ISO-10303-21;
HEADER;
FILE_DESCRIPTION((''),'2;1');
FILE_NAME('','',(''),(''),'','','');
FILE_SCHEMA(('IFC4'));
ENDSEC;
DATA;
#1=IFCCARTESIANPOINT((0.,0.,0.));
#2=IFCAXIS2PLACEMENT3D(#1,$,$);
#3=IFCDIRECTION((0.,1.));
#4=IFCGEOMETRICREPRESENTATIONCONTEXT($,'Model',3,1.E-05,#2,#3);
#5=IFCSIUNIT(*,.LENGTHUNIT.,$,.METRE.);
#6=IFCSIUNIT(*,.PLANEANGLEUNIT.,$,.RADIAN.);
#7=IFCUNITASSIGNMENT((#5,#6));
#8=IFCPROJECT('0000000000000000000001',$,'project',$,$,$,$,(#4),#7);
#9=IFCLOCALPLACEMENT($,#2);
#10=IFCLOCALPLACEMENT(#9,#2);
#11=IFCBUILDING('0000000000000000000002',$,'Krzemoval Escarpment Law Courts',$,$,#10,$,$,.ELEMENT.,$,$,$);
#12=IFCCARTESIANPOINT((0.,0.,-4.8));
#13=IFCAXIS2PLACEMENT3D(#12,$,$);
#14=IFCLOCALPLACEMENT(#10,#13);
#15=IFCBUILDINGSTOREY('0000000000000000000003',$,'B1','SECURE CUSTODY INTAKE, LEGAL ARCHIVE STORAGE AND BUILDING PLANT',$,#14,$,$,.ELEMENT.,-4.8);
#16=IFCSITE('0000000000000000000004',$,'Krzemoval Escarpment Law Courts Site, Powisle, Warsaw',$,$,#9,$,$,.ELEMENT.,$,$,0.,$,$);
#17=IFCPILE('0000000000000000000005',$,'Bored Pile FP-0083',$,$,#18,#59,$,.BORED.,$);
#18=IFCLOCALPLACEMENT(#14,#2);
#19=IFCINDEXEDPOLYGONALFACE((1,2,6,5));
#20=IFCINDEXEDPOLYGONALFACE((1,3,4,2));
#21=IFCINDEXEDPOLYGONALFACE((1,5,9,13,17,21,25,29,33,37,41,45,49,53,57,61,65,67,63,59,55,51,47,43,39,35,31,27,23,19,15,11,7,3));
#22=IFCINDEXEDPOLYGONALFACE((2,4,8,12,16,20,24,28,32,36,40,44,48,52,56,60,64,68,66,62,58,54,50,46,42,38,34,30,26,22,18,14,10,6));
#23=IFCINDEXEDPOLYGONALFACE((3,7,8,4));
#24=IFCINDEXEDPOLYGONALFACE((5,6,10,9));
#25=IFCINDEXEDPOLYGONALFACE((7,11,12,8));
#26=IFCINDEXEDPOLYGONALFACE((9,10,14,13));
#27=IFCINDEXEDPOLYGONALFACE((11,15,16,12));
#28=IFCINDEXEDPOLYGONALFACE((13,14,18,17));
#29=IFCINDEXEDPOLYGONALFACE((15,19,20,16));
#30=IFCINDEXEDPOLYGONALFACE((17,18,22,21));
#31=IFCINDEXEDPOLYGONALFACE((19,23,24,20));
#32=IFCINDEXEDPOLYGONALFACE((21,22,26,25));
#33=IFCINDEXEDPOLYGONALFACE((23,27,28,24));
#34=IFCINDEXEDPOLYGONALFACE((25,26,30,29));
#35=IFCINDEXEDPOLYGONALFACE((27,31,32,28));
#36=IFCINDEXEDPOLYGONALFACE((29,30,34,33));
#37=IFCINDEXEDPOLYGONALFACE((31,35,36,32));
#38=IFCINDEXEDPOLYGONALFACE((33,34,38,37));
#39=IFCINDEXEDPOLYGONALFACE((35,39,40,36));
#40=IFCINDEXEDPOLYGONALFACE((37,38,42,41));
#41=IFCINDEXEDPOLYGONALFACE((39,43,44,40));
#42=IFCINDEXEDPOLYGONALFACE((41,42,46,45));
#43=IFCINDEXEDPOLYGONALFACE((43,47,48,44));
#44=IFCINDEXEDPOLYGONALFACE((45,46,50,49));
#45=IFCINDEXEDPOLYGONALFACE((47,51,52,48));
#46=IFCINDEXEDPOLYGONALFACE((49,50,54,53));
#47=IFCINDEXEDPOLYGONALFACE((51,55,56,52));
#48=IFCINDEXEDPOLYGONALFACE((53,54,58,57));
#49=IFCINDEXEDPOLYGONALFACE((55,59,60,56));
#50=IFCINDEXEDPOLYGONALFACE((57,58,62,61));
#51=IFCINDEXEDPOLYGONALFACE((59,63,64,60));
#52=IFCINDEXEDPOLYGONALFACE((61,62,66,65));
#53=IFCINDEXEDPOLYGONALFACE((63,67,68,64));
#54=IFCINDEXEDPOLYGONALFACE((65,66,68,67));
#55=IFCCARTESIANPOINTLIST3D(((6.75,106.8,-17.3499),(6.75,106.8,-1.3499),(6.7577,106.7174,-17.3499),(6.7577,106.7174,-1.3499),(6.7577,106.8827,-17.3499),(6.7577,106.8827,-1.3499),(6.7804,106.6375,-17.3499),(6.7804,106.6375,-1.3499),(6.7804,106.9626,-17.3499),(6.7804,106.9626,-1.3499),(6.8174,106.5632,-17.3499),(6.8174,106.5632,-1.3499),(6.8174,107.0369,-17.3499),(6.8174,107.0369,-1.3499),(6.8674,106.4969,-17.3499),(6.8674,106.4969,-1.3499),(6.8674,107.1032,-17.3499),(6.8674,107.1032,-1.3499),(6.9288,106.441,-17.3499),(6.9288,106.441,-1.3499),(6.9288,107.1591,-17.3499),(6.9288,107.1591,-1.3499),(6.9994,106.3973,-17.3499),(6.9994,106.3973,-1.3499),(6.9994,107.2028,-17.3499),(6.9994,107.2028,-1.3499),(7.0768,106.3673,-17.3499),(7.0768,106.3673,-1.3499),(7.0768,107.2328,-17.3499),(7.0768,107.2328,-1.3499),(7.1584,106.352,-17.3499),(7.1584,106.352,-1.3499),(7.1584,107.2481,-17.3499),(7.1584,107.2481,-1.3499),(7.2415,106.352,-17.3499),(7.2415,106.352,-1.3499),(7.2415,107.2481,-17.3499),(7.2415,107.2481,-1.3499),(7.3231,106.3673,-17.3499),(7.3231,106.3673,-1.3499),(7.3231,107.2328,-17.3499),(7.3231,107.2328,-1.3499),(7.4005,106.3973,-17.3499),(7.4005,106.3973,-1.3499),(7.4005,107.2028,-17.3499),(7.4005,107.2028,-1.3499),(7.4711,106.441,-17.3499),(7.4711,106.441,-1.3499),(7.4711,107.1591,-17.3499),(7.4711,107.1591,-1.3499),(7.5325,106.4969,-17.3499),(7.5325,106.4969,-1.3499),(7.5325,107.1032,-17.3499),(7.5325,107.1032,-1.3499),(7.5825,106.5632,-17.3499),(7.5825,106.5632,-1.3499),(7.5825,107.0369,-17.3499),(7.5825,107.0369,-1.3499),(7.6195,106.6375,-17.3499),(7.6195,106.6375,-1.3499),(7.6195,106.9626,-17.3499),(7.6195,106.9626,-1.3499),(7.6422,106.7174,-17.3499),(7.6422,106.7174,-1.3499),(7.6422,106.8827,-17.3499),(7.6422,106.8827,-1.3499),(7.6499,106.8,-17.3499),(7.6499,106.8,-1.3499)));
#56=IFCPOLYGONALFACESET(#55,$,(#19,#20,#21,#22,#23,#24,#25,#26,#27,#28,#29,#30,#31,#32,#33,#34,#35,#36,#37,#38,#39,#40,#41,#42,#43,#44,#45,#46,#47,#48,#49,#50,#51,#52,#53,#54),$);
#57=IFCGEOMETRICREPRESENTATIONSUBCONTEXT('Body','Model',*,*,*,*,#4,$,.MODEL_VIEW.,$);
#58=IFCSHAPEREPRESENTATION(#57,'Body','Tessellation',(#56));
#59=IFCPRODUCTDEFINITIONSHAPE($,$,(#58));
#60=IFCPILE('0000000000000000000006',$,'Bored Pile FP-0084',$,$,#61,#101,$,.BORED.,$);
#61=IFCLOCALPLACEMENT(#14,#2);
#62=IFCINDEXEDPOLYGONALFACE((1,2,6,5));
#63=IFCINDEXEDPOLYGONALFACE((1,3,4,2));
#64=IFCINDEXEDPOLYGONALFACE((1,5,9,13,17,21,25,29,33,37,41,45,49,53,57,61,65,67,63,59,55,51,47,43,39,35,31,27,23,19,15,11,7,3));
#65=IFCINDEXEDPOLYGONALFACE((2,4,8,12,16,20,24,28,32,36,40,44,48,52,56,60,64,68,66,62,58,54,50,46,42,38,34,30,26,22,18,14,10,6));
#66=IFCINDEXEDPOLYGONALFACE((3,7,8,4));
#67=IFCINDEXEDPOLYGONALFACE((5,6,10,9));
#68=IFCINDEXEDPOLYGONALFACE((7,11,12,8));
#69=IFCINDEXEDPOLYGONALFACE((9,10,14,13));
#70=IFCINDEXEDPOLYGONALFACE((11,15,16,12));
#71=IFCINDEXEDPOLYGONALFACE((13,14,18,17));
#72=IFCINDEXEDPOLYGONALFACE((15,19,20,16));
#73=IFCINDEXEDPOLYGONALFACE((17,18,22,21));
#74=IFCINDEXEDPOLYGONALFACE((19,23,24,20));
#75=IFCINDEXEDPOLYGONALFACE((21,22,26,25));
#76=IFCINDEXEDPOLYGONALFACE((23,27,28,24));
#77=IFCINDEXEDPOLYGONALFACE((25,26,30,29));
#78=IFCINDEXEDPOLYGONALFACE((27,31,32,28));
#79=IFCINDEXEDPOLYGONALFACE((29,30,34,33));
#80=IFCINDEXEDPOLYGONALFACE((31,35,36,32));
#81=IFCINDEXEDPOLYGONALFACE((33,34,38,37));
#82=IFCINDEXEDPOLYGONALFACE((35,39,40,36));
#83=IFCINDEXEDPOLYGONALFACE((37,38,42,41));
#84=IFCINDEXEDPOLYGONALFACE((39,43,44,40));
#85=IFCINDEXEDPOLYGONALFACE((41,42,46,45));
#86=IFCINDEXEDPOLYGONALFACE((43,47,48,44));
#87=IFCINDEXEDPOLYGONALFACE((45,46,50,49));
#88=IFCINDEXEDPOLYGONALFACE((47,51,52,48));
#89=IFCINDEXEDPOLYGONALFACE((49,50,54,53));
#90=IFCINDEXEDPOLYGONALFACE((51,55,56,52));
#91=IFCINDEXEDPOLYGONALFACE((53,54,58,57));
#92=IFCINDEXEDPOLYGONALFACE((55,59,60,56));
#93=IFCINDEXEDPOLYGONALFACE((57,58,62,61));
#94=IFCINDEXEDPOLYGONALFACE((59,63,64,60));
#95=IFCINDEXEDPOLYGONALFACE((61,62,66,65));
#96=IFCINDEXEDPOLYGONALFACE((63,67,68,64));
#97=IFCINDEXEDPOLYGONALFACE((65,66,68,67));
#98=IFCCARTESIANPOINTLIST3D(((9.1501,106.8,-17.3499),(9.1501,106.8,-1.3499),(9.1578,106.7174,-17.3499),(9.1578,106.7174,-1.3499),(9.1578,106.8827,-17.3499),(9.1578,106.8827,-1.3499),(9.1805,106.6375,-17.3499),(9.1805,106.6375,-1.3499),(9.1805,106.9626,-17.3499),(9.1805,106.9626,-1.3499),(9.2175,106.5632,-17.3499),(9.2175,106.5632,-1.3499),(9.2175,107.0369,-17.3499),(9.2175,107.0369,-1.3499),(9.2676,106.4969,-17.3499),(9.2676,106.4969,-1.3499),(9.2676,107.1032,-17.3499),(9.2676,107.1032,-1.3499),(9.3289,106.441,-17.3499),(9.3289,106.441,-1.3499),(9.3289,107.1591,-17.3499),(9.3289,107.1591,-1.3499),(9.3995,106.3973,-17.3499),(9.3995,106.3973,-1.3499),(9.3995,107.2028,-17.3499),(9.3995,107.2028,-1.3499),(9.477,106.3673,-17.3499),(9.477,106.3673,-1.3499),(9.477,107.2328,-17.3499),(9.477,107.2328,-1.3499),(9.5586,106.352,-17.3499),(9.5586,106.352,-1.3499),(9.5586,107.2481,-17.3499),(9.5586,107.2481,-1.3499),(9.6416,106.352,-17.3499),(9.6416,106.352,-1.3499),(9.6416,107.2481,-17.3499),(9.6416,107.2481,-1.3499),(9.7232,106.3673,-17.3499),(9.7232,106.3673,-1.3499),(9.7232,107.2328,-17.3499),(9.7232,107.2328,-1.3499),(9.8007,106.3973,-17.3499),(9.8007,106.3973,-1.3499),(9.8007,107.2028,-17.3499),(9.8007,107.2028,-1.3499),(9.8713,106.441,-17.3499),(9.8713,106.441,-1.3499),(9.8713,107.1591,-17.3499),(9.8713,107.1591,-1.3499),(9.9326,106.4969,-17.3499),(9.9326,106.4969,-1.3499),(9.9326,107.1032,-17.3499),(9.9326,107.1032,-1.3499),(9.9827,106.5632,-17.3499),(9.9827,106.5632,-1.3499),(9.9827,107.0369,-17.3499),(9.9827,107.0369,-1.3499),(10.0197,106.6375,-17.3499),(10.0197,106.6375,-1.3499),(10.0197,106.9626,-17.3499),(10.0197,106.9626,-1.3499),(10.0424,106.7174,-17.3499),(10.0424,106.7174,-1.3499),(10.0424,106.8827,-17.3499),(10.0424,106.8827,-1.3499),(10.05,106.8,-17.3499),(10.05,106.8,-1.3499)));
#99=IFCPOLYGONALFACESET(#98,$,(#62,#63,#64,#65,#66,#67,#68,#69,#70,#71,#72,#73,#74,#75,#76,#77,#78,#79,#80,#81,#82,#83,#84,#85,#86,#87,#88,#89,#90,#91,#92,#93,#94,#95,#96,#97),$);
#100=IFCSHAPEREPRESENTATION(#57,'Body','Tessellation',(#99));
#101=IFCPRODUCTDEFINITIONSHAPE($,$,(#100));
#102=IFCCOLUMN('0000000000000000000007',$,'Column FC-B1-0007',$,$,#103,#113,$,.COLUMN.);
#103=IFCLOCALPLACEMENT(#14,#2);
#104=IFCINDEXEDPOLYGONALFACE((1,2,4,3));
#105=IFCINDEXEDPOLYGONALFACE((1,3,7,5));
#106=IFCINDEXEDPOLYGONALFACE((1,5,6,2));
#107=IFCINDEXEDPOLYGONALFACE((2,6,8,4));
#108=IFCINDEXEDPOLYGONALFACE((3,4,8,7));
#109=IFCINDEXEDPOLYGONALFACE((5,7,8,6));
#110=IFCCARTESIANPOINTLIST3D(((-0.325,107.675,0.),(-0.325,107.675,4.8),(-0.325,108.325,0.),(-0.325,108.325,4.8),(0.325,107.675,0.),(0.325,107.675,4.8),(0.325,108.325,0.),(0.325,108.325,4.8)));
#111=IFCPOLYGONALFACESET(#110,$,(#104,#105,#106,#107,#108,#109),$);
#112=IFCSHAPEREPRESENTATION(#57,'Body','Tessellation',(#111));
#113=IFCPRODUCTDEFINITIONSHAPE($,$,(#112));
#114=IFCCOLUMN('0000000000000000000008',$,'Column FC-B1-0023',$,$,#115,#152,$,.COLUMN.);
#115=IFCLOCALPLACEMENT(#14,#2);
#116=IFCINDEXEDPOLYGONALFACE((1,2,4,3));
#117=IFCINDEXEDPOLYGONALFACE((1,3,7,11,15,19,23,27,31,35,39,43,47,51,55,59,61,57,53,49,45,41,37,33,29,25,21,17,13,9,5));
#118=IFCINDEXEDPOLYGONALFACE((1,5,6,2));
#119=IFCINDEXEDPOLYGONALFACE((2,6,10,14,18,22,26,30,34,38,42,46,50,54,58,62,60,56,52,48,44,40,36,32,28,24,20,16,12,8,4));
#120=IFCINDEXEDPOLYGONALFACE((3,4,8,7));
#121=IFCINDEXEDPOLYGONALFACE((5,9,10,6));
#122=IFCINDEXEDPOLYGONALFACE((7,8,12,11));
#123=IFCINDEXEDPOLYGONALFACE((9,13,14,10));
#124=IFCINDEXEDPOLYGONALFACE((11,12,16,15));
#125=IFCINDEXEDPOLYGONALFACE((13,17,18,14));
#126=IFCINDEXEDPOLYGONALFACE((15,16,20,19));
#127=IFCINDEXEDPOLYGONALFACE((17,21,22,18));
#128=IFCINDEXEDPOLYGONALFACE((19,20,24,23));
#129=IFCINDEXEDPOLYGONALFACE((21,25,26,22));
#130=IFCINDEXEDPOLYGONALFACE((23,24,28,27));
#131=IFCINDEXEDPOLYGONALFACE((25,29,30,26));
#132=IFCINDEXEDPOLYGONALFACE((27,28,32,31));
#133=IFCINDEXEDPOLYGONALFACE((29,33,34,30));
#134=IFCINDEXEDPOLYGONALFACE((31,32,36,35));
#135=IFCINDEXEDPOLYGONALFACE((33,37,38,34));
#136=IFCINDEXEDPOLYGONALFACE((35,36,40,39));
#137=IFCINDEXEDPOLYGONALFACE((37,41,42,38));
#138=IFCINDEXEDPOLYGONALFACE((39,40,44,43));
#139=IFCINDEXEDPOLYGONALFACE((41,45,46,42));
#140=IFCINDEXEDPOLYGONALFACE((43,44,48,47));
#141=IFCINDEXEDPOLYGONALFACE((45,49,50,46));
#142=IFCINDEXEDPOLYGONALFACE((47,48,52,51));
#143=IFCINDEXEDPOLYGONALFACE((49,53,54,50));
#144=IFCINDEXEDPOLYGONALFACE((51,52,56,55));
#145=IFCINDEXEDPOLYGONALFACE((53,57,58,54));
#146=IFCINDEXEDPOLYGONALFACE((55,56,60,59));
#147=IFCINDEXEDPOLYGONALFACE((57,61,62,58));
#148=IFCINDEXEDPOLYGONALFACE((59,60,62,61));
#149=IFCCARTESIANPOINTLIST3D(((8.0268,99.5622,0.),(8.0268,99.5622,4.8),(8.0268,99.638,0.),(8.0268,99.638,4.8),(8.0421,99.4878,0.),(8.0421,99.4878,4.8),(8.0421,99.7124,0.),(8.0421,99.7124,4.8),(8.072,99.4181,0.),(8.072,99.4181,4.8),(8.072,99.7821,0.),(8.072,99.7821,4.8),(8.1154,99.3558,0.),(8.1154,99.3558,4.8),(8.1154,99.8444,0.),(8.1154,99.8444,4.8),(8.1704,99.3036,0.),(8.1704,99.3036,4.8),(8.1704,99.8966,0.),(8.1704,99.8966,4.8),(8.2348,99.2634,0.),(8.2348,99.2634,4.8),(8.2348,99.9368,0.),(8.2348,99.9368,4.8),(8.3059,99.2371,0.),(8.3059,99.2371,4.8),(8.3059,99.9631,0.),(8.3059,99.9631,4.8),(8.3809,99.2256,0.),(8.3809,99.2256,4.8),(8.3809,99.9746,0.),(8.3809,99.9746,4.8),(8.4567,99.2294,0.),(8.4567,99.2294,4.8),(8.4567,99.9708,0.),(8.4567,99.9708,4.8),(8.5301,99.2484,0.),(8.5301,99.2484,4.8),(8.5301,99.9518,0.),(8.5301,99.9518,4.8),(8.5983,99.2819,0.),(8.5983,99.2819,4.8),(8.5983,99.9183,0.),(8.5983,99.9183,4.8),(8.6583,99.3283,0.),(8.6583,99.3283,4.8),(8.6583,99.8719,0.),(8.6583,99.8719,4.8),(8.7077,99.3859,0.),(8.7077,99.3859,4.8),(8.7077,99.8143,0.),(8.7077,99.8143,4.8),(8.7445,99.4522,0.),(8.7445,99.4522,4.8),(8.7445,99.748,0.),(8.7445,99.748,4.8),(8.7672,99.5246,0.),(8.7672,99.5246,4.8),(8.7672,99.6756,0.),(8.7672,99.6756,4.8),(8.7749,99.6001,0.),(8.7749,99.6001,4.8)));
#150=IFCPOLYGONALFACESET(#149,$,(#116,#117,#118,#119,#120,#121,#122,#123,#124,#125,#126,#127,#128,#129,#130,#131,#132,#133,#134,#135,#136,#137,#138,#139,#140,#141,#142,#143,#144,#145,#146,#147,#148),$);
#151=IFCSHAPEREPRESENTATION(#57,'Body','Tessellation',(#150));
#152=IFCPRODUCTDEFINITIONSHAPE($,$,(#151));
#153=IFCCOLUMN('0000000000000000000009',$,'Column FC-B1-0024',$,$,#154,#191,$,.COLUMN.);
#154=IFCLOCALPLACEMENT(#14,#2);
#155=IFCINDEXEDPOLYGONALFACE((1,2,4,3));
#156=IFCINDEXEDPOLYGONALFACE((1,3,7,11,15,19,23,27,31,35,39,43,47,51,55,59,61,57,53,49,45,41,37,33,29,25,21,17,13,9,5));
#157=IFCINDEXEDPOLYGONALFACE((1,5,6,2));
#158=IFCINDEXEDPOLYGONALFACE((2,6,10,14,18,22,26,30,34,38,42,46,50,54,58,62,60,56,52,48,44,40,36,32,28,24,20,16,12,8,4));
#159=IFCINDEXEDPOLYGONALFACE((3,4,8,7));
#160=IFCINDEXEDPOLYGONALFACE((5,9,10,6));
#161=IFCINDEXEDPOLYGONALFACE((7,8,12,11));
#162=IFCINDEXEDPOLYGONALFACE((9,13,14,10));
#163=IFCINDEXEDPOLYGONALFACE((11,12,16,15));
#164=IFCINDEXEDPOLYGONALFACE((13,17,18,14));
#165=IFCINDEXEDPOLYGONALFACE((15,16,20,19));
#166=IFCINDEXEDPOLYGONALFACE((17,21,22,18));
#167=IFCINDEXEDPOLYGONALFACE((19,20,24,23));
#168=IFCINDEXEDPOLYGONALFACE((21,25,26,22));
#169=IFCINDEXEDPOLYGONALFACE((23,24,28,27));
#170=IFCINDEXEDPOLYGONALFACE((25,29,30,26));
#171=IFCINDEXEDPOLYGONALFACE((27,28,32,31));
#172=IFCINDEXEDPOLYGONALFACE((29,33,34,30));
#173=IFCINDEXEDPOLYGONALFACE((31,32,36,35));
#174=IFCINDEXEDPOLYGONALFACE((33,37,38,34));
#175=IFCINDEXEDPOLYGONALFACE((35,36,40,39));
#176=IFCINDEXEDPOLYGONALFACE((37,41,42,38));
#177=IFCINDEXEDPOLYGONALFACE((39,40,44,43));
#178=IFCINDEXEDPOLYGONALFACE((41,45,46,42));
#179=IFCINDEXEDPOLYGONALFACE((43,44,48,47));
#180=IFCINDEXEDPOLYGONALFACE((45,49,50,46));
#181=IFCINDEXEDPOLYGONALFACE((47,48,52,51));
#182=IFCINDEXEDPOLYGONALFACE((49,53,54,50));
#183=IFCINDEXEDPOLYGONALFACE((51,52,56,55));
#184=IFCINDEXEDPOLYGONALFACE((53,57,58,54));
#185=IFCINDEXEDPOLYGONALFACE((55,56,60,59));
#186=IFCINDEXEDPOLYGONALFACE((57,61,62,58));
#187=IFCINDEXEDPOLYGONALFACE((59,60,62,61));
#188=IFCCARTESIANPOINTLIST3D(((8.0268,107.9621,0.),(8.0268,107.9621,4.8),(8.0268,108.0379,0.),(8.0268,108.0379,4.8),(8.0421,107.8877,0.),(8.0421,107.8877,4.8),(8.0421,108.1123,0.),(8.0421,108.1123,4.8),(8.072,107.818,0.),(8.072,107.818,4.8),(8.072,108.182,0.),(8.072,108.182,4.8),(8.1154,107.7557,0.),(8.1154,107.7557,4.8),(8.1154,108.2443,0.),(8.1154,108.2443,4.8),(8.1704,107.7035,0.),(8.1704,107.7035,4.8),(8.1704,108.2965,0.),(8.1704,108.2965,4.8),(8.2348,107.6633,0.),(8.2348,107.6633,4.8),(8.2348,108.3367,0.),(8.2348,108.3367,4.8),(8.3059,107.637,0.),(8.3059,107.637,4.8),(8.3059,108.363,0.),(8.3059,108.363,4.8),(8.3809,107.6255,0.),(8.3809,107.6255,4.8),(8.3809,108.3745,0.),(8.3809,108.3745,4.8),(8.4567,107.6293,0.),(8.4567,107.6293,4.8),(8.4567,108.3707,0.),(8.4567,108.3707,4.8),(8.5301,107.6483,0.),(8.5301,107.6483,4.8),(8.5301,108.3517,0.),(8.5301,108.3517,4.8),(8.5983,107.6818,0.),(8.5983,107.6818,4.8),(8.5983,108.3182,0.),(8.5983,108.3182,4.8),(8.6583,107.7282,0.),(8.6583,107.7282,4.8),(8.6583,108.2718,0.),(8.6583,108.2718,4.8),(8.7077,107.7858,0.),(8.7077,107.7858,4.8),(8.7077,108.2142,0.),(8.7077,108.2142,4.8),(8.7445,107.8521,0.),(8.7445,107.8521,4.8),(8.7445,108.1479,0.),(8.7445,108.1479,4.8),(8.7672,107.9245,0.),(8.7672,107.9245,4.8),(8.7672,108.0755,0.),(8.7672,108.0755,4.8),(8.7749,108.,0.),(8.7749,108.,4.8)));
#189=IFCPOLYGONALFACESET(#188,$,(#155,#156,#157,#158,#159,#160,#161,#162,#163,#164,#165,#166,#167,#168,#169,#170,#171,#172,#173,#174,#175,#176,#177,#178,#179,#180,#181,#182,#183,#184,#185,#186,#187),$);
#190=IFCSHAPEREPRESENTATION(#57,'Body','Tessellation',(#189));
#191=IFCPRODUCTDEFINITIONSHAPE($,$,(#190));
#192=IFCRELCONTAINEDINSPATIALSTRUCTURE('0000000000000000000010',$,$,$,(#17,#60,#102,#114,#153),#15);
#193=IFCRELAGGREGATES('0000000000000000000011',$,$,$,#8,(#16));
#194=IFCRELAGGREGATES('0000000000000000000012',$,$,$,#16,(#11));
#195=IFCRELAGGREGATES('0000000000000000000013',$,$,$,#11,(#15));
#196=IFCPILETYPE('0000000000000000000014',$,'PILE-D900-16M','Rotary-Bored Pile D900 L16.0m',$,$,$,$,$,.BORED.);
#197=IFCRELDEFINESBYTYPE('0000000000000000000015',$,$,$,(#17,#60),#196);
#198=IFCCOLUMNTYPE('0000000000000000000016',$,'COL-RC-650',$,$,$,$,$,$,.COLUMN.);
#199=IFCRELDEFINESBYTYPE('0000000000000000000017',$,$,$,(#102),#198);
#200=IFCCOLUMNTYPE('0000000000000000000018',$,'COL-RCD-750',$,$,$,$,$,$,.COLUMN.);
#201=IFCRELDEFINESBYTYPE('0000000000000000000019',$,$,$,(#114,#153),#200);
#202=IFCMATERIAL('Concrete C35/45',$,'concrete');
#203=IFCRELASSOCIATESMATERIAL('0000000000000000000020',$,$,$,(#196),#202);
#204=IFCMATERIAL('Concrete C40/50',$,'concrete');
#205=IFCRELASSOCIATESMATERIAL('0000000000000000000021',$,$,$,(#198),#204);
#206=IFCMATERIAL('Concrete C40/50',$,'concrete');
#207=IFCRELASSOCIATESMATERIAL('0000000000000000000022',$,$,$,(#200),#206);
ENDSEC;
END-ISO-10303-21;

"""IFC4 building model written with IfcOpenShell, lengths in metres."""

from ifc_helpers import new_model, si_unit, direction, frame, origin, origin_2d, place, context, subcontext, project, spatial, rectangle, circle, extrude, material, material_profile, profile_set, type_object, element, save


model = new_model("IFC4")

# Units and contexts
model_context = context("Model", 3, precision=1e-05, world=origin(), true_north=direction((0.0, 1.0)))
body_context = subcontext(model_context, "Body", "Model", "MODEL_VIEW")
ifc_project = project(units=[si_unit("LENGTHUNIT", "METRE"), si_unit("PLANEANGLEUNIT", "RADIAN")], contexts=[model_context])

# Site, building, storey
site_placement = place(None, origin())
site = spatial("IfcSite", under=ifc_project, at=site_placement, Name="Krzemoval Escarpment Law Courts Site, Powisle, Warsaw", CompositionType="ELEMENT", RefElevation=0.0)
building_placement = place(site_placement, origin())
building = spatial("IfcBuilding", under=site, at=building_placement, Name="Krzemoval Escarpment Law Courts", CompositionType="ELEMENT")
storey_placement = place(building_placement, frame((0.0, 0.0, -4.8)))
storey = spatial("IfcBuildingStorey", under=building, at=storey_placement, Name="B1", Description="SECURE CUSTODY INTAKE, LEGAL ARCHIVE STORAGE AND BUILDING PLANT", CompositionType="ELEMENT", Elevation=-4.8)

# Piles
ifc_material_1 = material(Name="Concrete C35/45", Category="concrete")
ifc_material_profile_1 = material_profile(ifc_material_1, circle(Radius=0.45, at=origin_2d()), Name="PILE D900")
ifc_profile_set_1 = profile_set([ifc_material_profile_1], Name="Concrete C35/45")
pile_type = type_object("IfcPileType", Name="PILE-D900-16M", Description="Rotary-Bored Pile D900 L16.0m", PredefinedType="BORED", material=ifc_profile_set_1)
for number, where, z_axis, x_axis, name in (
    (1, (7.2, 106.8, -1.3499), (0.0, 0.0, -1.0), (1.0, 0.0, 0.0), "Bored Pile FP-0083"),
    (2, (9.6001, 106.8, -1.3499), (0.0, 0.0, -1.0), (1.0, 0.0, 0.0), "Bored Pile FP-0084"),
):
    element("IfcPile", number, at=place(storey_placement, frame(where, z_axis=z_axis, x_axis=x_axis)), inside=storey, type_object=pile_type, Name=name, PredefinedType="BORED", context=body_context, shape_type="SweptSolid", body=[
        extrude(circle(Radius=0.45, at=origin_2d()), origin(), (0.0, 0.0, 1.0), 16.0),
    ])

# Columns
ifc_material_2 = material(Name="Concrete C40/50", Category="concrete")
ifc_material_profile_2 = material_profile(ifc_material_2, rectangle(XDim=0.6499, YDim=0.6499, at=origin_2d()), Name="RC 650x650")
ifc_profile_set_2 = profile_set([ifc_material_profile_2], Name="Concrete C40/50")
column_type_1 = type_object("IfcColumnType", Name="COL-RC-650", PredefinedType="COLUMN", material=ifc_profile_set_2)
column_placement = place(storey_placement, frame((0.0, 108.0, 0.0), z_axis=(0.0, 0.0, 1.0), x_axis=(1.0, 0.0, 0.0)))
element("IfcColumn", 3, at=column_placement, inside=storey, type_object=column_type_1, Name="Column FC-B1-0007", PredefinedType="COLUMN", context=body_context, shape_type="SweptSolid", body=[
    extrude(rectangle(XDim=0.6499, YDim=0.6499, at=origin_2d()), origin(), (0.0, 0.0, 1.0), 4.8),
])
ifc_material_3 = material(Name="Concrete C40/50", Category="concrete")
ifc_material_profile_3 = material_profile(ifc_material_3, circle(Radius=0.375, at=origin_2d()), Name="RC D750")
ifc_profile_set_3 = profile_set([ifc_material_profile_3], Name="Concrete C40/50")
column_type_2 = type_object("IfcColumnType", Name="COL-RCD-750", PredefinedType="COLUMN", material=ifc_profile_set_3)
for number, where, z_axis, x_axis, name in (
    (4, (8.3999, 99.6001, 0.0), (0.0, 0.0, 1.0), (1.0, 0.0, 0.0), "Column FC-B1-0023"),
    (5, (8.3999, 108.0, 0.0), (0.0, 0.0, 1.0), (1.0, 0.0, 0.0), "Column FC-B1-0024"),
):
    element("IfcColumn", number, at=place(storey_placement, frame(where, z_axis=z_axis, x_axis=x_axis)), inside=storey, type_object=column_type_2, Name=name, PredefinedType="COLUMN", context=body_context, shape_type="SweptSolid", body=[
        extrude(circle(Radius=0.375, at=origin_2d()), origin(), (0.0, 0.0, 1.0), 4.8),
    ])

save(model, "model.ifc")
